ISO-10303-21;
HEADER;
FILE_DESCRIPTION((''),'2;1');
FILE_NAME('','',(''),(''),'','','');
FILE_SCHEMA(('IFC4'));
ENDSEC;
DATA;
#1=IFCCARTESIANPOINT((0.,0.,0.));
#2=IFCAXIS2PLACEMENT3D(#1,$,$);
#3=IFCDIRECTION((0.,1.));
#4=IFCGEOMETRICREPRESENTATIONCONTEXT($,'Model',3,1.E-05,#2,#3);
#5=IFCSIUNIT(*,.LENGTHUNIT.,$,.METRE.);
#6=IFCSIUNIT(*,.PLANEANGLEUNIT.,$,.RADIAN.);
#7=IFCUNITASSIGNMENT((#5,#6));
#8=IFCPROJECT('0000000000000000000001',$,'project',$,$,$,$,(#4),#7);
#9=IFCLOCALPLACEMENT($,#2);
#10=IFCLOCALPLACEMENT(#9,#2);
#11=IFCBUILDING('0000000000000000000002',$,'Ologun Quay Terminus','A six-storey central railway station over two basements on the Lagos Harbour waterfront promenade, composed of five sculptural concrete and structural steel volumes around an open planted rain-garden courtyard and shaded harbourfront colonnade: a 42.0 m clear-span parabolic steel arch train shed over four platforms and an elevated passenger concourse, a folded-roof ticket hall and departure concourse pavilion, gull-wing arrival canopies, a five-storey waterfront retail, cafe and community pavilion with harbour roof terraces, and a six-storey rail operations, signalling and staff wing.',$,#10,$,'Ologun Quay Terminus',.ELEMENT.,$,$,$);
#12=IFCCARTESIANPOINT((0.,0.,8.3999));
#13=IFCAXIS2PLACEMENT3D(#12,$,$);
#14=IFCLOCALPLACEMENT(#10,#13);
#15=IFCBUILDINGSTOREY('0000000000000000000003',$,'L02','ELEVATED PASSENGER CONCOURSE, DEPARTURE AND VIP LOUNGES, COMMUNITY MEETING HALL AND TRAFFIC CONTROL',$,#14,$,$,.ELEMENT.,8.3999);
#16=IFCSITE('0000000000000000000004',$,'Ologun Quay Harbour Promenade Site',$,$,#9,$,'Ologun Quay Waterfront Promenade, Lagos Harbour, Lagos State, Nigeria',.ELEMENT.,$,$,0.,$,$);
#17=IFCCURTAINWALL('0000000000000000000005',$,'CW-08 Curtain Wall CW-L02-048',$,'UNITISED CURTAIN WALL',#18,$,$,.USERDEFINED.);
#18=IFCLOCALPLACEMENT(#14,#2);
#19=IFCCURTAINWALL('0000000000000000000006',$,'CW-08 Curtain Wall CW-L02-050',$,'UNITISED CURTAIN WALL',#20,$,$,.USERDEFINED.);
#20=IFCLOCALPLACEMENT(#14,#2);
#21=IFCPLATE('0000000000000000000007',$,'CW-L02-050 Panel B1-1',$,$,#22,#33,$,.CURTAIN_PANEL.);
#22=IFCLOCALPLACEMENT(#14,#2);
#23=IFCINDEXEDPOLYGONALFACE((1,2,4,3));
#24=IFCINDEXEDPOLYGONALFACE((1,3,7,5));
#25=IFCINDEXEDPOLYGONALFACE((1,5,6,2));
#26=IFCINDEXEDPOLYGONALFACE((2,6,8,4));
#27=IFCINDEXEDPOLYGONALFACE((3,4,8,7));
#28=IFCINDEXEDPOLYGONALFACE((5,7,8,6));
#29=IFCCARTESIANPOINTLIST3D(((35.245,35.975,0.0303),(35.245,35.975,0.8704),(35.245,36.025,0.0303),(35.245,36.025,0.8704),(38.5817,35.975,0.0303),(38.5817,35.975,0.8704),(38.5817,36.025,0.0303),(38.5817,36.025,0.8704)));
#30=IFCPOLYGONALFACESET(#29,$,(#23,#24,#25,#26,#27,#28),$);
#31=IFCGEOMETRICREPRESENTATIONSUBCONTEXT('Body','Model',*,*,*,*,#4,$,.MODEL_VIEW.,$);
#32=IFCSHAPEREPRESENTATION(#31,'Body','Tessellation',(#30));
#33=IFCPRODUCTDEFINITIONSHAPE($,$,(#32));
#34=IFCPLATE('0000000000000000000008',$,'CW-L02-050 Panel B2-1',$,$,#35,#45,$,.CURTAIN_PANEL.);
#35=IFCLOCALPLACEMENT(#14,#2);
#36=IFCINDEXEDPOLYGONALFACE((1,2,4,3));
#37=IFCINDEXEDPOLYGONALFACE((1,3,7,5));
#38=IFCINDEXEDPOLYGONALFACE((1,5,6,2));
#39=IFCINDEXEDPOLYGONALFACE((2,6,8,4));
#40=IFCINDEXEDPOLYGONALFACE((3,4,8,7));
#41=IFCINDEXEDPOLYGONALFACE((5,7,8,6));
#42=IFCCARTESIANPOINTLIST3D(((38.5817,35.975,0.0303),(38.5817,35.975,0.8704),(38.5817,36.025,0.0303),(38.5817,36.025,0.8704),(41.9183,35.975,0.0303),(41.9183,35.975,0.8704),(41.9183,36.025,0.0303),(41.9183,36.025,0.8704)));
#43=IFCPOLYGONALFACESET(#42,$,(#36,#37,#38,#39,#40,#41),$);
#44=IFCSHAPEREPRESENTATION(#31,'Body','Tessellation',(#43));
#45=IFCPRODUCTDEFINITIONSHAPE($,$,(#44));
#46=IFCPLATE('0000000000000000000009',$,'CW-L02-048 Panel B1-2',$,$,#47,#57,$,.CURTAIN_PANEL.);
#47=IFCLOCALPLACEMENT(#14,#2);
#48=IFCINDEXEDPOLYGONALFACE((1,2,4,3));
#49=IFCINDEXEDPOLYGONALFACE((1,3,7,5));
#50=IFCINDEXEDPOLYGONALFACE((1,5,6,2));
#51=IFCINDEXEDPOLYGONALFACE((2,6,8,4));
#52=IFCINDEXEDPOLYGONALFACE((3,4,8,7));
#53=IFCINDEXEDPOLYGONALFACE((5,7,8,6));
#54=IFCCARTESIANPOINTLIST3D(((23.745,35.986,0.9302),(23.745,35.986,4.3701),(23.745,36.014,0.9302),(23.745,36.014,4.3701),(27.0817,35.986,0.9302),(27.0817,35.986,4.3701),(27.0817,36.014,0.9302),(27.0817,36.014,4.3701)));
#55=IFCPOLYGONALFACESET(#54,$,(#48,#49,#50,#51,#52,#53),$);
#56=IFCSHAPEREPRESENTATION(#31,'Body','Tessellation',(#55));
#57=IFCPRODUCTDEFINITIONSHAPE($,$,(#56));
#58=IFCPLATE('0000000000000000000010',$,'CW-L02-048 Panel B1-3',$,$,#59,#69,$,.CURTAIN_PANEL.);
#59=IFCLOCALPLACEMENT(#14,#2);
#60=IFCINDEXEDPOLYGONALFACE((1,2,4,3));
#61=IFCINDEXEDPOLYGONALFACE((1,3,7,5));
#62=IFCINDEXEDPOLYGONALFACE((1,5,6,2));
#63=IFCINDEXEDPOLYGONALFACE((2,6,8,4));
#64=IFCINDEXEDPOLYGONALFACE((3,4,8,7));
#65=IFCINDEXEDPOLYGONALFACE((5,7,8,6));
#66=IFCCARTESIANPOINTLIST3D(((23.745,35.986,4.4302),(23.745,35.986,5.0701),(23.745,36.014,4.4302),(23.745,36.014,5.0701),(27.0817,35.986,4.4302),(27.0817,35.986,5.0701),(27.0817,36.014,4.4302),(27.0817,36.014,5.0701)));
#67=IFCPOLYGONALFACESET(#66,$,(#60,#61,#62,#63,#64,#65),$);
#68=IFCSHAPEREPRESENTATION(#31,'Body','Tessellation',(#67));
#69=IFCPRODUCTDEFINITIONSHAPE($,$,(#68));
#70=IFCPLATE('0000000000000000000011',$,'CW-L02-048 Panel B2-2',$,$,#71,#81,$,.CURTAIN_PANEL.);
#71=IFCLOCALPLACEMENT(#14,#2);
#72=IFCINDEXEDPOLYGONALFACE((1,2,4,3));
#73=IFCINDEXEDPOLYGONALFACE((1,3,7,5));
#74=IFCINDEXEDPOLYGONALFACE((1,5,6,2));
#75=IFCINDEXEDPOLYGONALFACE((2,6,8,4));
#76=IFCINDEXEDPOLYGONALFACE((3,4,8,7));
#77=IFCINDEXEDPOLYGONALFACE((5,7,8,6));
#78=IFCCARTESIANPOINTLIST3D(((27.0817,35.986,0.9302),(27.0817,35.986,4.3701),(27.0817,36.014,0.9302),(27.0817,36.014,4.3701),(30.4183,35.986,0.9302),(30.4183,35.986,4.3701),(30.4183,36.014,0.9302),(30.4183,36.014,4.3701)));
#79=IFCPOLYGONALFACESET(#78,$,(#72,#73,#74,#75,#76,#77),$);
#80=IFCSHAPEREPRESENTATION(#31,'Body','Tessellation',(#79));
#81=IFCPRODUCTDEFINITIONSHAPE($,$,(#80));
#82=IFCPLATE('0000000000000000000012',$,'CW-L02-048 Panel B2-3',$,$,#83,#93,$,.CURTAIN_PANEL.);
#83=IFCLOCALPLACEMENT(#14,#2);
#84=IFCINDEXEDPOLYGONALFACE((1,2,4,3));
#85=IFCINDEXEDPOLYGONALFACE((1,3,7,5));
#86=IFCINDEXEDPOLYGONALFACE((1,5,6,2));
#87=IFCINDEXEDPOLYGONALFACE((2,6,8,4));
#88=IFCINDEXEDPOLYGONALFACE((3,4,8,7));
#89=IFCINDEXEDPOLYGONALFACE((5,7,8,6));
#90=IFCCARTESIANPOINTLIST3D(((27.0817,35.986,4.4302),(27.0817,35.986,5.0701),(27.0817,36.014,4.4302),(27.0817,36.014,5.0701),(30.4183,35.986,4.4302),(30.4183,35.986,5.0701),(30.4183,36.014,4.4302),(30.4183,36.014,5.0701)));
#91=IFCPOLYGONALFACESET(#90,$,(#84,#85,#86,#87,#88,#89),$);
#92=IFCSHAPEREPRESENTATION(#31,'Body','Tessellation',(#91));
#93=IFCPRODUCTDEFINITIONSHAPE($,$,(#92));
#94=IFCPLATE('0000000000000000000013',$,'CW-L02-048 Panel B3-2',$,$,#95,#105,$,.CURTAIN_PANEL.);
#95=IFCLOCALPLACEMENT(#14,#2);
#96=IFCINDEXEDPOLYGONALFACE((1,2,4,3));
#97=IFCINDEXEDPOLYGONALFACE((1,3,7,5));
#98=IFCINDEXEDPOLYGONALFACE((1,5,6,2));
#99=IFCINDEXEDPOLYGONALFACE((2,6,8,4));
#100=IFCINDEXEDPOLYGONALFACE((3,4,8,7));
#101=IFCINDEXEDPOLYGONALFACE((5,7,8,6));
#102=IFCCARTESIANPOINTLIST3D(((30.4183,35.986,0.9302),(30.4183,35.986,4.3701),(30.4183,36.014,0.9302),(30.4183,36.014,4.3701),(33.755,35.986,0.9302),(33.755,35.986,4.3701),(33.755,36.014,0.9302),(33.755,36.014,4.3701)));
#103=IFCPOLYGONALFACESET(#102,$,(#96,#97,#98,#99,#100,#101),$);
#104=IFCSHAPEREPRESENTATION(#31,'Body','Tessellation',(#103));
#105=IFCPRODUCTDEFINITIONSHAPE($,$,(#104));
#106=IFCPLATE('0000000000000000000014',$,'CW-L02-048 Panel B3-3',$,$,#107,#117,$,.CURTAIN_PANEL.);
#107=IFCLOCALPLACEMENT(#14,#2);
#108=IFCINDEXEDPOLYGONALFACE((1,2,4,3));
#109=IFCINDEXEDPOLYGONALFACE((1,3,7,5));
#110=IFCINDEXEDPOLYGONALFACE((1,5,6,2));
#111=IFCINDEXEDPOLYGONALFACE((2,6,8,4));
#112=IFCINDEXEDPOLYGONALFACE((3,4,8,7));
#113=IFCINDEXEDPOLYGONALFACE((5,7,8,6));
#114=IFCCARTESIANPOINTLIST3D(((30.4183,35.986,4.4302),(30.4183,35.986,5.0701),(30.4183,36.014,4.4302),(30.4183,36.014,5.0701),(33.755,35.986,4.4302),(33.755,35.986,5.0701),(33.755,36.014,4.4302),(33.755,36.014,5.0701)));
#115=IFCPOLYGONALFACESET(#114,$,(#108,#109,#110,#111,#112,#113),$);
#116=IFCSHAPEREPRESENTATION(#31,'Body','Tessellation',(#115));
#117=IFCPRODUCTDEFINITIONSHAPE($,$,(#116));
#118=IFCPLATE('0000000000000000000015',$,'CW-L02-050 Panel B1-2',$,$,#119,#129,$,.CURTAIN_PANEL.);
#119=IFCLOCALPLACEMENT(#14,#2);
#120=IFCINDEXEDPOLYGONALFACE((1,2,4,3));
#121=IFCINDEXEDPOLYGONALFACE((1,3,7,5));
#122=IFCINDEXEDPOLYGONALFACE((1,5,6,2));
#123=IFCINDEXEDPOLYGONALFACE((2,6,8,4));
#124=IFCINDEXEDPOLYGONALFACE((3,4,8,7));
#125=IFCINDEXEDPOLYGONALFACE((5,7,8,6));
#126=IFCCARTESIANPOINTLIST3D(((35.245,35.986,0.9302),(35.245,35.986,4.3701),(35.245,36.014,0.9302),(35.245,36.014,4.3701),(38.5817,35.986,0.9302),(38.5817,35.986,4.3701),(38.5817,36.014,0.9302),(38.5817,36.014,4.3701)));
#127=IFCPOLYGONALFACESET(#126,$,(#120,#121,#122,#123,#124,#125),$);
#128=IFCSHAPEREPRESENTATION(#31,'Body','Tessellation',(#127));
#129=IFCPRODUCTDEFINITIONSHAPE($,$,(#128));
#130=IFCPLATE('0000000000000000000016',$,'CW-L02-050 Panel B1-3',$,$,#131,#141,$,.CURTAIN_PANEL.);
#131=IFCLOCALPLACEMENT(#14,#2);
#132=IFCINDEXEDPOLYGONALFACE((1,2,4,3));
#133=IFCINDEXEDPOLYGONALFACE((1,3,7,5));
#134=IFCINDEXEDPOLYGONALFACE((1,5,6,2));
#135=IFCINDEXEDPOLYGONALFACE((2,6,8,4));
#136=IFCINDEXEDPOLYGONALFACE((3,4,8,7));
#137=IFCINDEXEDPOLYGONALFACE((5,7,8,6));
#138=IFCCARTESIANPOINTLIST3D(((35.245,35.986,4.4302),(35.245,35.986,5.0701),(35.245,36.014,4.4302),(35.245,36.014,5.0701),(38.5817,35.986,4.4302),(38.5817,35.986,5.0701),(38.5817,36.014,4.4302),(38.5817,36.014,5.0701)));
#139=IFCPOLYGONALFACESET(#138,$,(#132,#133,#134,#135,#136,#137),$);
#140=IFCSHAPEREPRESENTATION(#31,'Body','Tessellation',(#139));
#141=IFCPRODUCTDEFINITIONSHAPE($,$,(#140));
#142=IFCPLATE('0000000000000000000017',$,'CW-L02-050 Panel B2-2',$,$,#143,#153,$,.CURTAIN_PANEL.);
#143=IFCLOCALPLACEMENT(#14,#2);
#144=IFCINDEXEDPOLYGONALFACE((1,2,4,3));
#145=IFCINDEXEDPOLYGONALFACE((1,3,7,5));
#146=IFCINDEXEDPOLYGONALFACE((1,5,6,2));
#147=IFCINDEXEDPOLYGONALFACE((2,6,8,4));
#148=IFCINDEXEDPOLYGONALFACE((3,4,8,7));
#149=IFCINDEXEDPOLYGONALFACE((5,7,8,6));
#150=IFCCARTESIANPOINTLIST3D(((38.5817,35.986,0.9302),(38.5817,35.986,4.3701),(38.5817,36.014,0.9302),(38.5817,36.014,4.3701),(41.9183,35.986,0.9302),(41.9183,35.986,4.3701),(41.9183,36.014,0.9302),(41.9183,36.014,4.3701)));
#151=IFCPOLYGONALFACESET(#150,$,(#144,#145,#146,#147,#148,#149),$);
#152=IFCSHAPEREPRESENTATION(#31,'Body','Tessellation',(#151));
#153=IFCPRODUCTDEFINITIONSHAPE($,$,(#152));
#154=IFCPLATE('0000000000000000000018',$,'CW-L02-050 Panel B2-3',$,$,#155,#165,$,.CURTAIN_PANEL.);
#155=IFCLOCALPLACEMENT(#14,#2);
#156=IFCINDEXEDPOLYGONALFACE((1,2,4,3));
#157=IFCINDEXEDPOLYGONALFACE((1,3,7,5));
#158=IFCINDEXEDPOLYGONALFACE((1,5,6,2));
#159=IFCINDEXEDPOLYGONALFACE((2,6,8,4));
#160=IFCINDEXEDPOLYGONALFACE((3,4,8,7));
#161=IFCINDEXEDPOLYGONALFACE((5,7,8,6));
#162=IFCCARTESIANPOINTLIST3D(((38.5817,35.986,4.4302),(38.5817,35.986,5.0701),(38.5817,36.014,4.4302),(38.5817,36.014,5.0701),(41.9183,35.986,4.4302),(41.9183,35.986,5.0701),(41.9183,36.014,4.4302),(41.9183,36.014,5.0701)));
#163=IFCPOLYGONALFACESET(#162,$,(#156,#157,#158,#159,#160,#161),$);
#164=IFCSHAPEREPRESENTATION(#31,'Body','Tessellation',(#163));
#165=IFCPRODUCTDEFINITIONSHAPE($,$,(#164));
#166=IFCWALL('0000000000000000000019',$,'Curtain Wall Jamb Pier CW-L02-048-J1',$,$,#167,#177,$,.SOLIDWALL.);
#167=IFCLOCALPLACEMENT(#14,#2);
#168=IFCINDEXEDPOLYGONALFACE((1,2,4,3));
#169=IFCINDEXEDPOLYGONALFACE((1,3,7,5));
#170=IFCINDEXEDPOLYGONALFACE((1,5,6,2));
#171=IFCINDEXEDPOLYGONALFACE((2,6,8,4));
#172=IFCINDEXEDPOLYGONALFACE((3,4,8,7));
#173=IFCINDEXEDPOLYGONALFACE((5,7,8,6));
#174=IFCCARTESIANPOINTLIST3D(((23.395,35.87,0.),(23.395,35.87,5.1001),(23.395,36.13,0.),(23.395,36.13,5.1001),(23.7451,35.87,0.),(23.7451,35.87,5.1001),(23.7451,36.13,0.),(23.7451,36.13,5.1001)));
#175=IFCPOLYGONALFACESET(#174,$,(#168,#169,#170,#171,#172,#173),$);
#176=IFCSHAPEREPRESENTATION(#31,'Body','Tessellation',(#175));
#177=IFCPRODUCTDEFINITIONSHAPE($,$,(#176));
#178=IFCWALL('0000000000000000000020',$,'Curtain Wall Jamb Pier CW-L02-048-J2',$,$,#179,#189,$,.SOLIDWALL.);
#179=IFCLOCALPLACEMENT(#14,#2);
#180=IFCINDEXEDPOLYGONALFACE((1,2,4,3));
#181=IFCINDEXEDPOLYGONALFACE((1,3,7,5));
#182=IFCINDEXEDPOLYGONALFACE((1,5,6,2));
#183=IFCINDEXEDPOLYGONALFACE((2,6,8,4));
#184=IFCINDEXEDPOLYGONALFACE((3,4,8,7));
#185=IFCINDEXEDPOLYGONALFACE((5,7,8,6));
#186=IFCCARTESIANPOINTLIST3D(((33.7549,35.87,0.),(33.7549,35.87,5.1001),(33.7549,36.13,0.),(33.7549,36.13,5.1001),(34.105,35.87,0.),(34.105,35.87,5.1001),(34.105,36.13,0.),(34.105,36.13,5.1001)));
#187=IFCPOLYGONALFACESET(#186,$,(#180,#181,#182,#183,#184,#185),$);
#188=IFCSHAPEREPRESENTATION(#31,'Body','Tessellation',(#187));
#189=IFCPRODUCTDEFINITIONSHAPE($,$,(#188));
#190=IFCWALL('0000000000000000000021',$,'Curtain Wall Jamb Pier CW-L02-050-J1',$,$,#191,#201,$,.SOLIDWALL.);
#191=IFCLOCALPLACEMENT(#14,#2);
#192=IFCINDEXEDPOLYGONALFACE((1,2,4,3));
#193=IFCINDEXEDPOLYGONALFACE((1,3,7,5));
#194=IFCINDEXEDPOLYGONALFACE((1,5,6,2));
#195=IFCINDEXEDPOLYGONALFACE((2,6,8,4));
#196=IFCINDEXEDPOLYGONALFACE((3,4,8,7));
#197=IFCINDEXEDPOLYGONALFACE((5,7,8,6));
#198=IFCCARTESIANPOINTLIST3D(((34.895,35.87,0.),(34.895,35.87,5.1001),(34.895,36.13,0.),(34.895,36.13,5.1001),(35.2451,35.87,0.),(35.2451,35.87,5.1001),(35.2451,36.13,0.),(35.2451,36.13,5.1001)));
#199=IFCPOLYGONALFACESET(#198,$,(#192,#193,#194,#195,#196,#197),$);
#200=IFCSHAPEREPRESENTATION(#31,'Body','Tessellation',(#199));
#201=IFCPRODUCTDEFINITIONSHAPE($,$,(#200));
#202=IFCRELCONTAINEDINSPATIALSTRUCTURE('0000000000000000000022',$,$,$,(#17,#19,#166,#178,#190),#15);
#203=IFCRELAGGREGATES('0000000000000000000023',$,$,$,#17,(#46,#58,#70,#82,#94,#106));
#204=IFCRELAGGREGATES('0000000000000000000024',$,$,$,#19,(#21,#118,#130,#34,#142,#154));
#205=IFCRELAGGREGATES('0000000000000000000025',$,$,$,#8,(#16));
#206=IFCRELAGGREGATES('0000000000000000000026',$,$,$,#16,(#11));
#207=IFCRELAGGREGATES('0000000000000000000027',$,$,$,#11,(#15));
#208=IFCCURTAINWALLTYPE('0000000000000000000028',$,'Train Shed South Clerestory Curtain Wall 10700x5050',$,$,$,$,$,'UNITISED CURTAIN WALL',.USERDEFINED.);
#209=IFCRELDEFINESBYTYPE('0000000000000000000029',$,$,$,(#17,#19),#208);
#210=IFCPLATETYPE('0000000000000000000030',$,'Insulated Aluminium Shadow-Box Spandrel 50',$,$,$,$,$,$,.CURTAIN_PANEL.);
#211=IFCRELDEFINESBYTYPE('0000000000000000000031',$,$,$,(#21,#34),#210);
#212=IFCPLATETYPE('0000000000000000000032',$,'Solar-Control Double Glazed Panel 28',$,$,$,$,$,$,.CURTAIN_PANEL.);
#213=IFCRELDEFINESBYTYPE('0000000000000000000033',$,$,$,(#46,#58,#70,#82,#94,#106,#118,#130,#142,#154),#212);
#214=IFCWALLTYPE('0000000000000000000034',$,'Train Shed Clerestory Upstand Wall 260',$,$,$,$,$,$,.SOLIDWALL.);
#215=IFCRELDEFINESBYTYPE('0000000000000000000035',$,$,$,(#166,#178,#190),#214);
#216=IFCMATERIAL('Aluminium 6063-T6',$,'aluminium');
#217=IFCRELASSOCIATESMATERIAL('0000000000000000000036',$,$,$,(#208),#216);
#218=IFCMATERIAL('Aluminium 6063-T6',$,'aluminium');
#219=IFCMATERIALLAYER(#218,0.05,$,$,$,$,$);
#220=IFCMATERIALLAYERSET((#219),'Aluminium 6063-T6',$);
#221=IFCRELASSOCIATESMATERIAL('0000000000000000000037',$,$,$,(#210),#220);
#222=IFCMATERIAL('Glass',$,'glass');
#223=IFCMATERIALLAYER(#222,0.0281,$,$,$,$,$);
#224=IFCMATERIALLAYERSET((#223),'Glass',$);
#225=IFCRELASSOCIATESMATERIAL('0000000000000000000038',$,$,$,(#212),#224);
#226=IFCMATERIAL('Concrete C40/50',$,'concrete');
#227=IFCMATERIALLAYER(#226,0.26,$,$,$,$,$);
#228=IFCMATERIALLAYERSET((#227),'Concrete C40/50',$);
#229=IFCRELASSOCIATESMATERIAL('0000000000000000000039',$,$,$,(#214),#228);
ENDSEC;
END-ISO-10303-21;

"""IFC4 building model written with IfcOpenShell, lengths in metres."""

from ifc_helpers import new_model, si_unit, direction, frame, frame_2d, origin, origin_2d, place, context, subcontext, project, spatial, rectangle, extrude, material, layer, layer_set, type_object, element, aggregate, save


model = new_model("IFC4")

# Units and contexts
model_context = context("Model", 3, precision=1e-05, world=origin(), true_north=direction((0.0, 1.0)))
body_context = subcontext(model_context, "Body", "Model", "MODEL_VIEW")
ifc_project = project(units=[si_unit("LENGTHUNIT", "METRE"), si_unit("PLANEANGLEUNIT", "RADIAN")], contexts=[model_context])

# Site, building, storey
site_placement = place(None, origin())
site = spatial("IfcSite", under=ifc_project, at=site_placement, Name="Ologun Quay Harbour Promenade Site", LongName="Ologun Quay Waterfront Promenade, Lagos Harbour, Lagos State, Nigeria", CompositionType="ELEMENT", RefElevation=0.0)
building_placement = place(site_placement, origin())
building = spatial("IfcBuilding", under=site, at=building_placement, Name="Ologun Quay Terminus", Description="A six-storey central railway station over two basements on the Lagos Harbour waterfront promenade, composed of five sculptural concrete and structural steel volumes around an open planted rain-garden courtyard and shaded harbourfront colonnade: a 42.0 m clear-span parabolic steel arch train shed over four platforms and an elevated passenger concourse, a folded-roof ticket hall and departure concourse pavilion, gull-wing arrival canopies, a five-storey waterfront retail, cafe and community pavilion with harbour roof terraces, and a six-storey rail operations, signalling and staff wing.", LongName="Ologun Quay Terminus", CompositionType="ELEMENT")
storey_placement = place(building_placement, frame((0.0, 0.0, 8.3999)))
storey = spatial("IfcBuildingStorey", under=building, at=storey_placement, Name="L02", Description="ELEVATED PASSENGER CONCOURSE, DEPARTURE AND VIP LOUNGES, COMMUNITY MEETING HALL AND TRAFFIC CONTROL", CompositionType="ELEMENT", Elevation=8.3999)

# Curtain walls
ifc_material_1 = material(Name="Aluminium 6063-T6", Category="aluminium")
curtain_wall_type = type_object("IfcCurtainWallType", Name="Train Shed South Clerestory Curtain Wall 10700x5050", ElementType="UNITISED CURTAIN WALL", PredefinedType="USERDEFINED", material=ifc_material_1)
curtain_wall_1_placement = place(storey_placement, origin())
curtain_wall_1 = element("IfcCurtainWall", 1, at=curtain_wall_1_placement, inside=storey, type_object=curtain_wall_type, Name="CW-08 Curtain Wall CW-L02-048", ObjectType="UNITISED CURTAIN WALL", PredefinedType="USERDEFINED")
curtain_wall_2_placement = place(storey_placement, origin())
curtain_wall_2 = element("IfcCurtainWall", 2, at=curtain_wall_2_placement, inside=storey, type_object=curtain_wall_type, Name="CW-08 Curtain Wall CW-L02-050", ObjectType="UNITISED CURTAIN WALL", PredefinedType="USERDEFINED")

# Plates
ifc_material_2 = material(Name="Aluminium 6063-T6", Category="aluminium")
ifc_layer_1 = layer(ifc_material_2, 0.05)
ifc_layer_set_1 = layer_set([ifc_layer_1], Name="Aluminium 6063-T6")
plate_type_1 = type_object("IfcPlateType", Name="Insulated Aluminium Shadow-Box Spandrel 50", PredefinedType="CURTAIN_PANEL", material=ifc_layer_set_1)
plate_1_placement = place(storey_placement, frame((36.9133, 36.0, 0.0303), z_axis=(0.0, 0.0, 1.0), x_axis=(1.0, 0.0, 0.0)))
plate_1 = element("IfcPlate", 3, at=plate_1_placement, type_object=plate_type_1, Name="CW-L02-050 Panel B1-1", PredefinedType="CURTAIN_PANEL", context=body_context, shape_type="SweptSolid", body=[
    extrude(rectangle(XDim=3.3367, YDim=0.05, at=origin_2d()), origin(), (0.0, 0.0, 1.0), 0.8401),
])
plate_2_placement = place(storey_placement, frame((40.25, 36.0, 0.0303), z_axis=(0.0, 0.0, 1.0), x_axis=(1.0, 0.0, 0.0)))
plate_2 = element("IfcPlate", 4, at=plate_2_placement, type_object=plate_type_1, Name="CW-L02-050 Panel B2-1", PredefinedType="CURTAIN_PANEL", context=body_context, shape_type="SweptSolid", body=[
    extrude(rectangle(XDim=3.3367, YDim=0.05, at=origin_2d()), origin(), (0.0, 0.0, 1.0), 0.8401),
])
ifc_material_3 = material(Name="Glass", Category="glass")
ifc_layer_2 = layer(ifc_material_3, 0.0281)
ifc_layer_set_2 = layer_set([ifc_layer_2], Name="Glass")
plate_type_2 = type_object("IfcPlateType", Name="Solar-Control Double Glazed Panel 28", PredefinedType="CURTAIN_PANEL", material=ifc_layer_set_2)
plate_3_placement = place(storey_placement, frame((25.4133, 36.0, 0.9302), z_axis=(0.0, 0.0, 1.0), x_axis=(1.0, 0.0, 0.0)))
plate_3 = element("IfcPlate", 5, at=plate_3_placement, type_object=plate_type_2, Name="CW-L02-048 Panel B1-2", PredefinedType="CURTAIN_PANEL", context=body_context, shape_type="SweptSolid", body=[
    extrude(rectangle(XDim=3.3367, YDim=0.0281, at=origin_2d()), origin(), (0.0, 0.0, 1.0), 3.4399),
])
plate_4_placement = place(storey_placement, frame((25.4133, 36.0, 4.4302), z_axis=(0.0, 0.0, 1.0), x_axis=(1.0, 0.0, 0.0)))
plate_4 = element("IfcPlate", 6, at=plate_4_placement, type_object=plate_type_2, Name="CW-L02-048 Panel B1-3", PredefinedType="CURTAIN_PANEL", context=body_context, shape_type="SweptSolid", body=[
    extrude(rectangle(XDim=3.3367, YDim=0.0281, at=origin_2d()), origin(), (0.0, 0.0, 1.0), 0.6399),
])
plate_5_placement = place(storey_placement, frame((28.75, 36.0, 0.9302), z_axis=(0.0, 0.0, 1.0), x_axis=(1.0, 0.0, 0.0)))
plate_5 = element("IfcPlate", 7, at=plate_5_placement, type_object=plate_type_2, Name="CW-L02-048 Panel B2-2", PredefinedType="CURTAIN_PANEL", context=body_context, shape_type="SweptSolid", body=[
    extrude(rectangle(XDim=3.3367, YDim=0.0281, at=origin_2d()), origin(), (0.0, 0.0, 1.0), 3.4399),
])
plate_6_placement = place(storey_placement, frame((28.75, 36.0, 4.4302), z_axis=(0.0, 0.0, 1.0), x_axis=(1.0, 0.0, 0.0)))
plate_6 = element("IfcPlate", 8, at=plate_6_placement, type_object=plate_type_2, Name="CW-L02-048 Panel B2-3", PredefinedType="CURTAIN_PANEL", context=body_context, shape_type="SweptSolid", body=[
    extrude(rectangle(XDim=3.3367, YDim=0.0281, at=origin_2d()), origin(), (0.0, 0.0, 1.0), 0.6399),
])
plate_7_placement = place(storey_placement, frame((32.0867, 36.0, 0.9302), z_axis=(0.0, 0.0, 1.0), x_axis=(1.0, 0.0, 0.0)))
plate_7 = element("IfcPlate", 9, at=plate_7_placement, type_object=plate_type_2, Name="CW-L02-048 Panel B3-2", PredefinedType="CURTAIN_PANEL", context=body_context, shape_type="SweptSolid", body=[
    extrude(rectangle(XDim=3.3367, YDim=0.0281, at=origin_2d()), origin(), (0.0, 0.0, 1.0), 3.4399),
])
plate_8_placement = place(storey_placement, frame((32.0867, 36.0, 4.4302), z_axis=(0.0, 0.0, 1.0), x_axis=(1.0, 0.0, 0.0)))
plate_8 = element("IfcPlate", 10, at=plate_8_placement, type_object=plate_type_2, Name="CW-L02-048 Panel B3-3", PredefinedType="CURTAIN_PANEL", context=body_context, shape_type="SweptSolid", body=[
    extrude(rectangle(XDim=3.3367, YDim=0.0281, at=origin_2d()), origin(), (0.0, 0.0, 1.0), 0.6399),
])
aggregate(curtain_wall_1, [plate_3, plate_4, plate_5, plate_6, plate_7, plate_8])
plate_9_placement = place(storey_placement, frame((36.9133, 36.0, 0.9302), z_axis=(0.0, 0.0, 1.0), x_axis=(1.0, 0.0, 0.0)))
plate_9 = element("IfcPlate", 11, at=plate_9_placement, type_object=plate_type_2, Name="CW-L02-050 Panel B1-2", PredefinedType="CURTAIN_PANEL", context=body_context, shape_type="SweptSolid", body=[
    extrude(rectangle(XDim=3.3367, YDim=0.0281, at=origin_2d()), origin(), (0.0, 0.0, 1.0), 3.4399),
])
plate_10_placement = place(storey_placement, frame((36.9133, 36.0, 4.4302), z_axis=(0.0, 0.0, 1.0), x_axis=(1.0, 0.0, 0.0)))
plate_10 = element("IfcPlate", 12, at=plate_10_placement, type_object=plate_type_2, Name="CW-L02-050 Panel B1-3", PredefinedType="CURTAIN_PANEL", context=body_context, shape_type="SweptSolid", body=[
    extrude(rectangle(XDim=3.3367, YDim=0.0281, at=origin_2d()), origin(), (0.0, 0.0, 1.0), 0.6399),
])
plate_11_placement = place(storey_placement, frame((40.25, 36.0, 0.9302), z_axis=(0.0, 0.0, 1.0), x_axis=(1.0, 0.0, 0.0)))
plate_11 = element("IfcPlate", 13, at=plate_11_placement, type_object=plate_type_2, Name="CW-L02-050 Panel B2-2", PredefinedType="CURTAIN_PANEL", context=body_context, shape_type="SweptSolid", body=[
    extrude(rectangle(XDim=3.3367, YDim=0.0281, at=origin_2d()), origin(), (0.0, 0.0, 1.0), 3.4399),
])
plate_12_placement = place(storey_placement, frame((40.25, 36.0, 4.4302), z_axis=(0.0, 0.0, 1.0), x_axis=(1.0, 0.0, 0.0)))
plate_12 = element("IfcPlate", 14, at=plate_12_placement, type_object=plate_type_2, Name="CW-L02-050 Panel B2-3", PredefinedType="CURTAIN_PANEL", context=body_context, shape_type="SweptSolid", body=[
    extrude(rectangle(XDim=3.3367, YDim=0.0281, at=origin_2d()), origin(), (0.0, 0.0, 1.0), 0.6399),
])
aggregate(curtain_wall_2, [plate_1, plate_9, plate_10, plate_2, plate_11, plate_12])

# Walls
ifc_material_4 = material(Name="Concrete C40/50", Category="concrete")
ifc_layer_3 = layer(ifc_material_4, 0.26)
ifc_layer_set_3 = layer_set([ifc_layer_3], Name="Concrete C40/50")
wall_type = type_object("IfcWallType", Name="Train Shed Clerestory Upstand Wall 260", PredefinedType="SOLIDWALL", material=ifc_layer_set_3)
for number, where, z_axis, x_axis, name in (
    (15, (23.395, 36.0, 0.0), (0.0, 0.0, 1.0), (1.0, 0.0, 0.0), "Curtain Wall Jamb Pier CW-L02-048-J1"),
    (16, (33.7549, 36.0, 0.0), (0.0, 0.0, 1.0), (1.0, 0.0, 0.0), "Curtain Wall Jamb Pier CW-L02-048-J2"),
    (17, (34.895, 36.0, 0.0), (0.0, 0.0, 1.0), (1.0, 0.0, 0.0), "Curtain Wall Jamb Pier CW-L02-050-J1"),
):
    element("IfcWall", number, at=place(storey_placement, frame(where, z_axis=z_axis, x_axis=x_axis)), inside=storey, type_object=wall_type, Name=name, PredefinedType="SOLIDWALL", context=body_context, shape_type="SweptSolid", body=[
        extrude(rectangle(XDim=0.3501, YDim=0.26, at=frame_2d((0.175, 0.0))), origin(), (0.0, 0.0, 1.0), 5.1001),
    ])

save(model, "model.ifc")
